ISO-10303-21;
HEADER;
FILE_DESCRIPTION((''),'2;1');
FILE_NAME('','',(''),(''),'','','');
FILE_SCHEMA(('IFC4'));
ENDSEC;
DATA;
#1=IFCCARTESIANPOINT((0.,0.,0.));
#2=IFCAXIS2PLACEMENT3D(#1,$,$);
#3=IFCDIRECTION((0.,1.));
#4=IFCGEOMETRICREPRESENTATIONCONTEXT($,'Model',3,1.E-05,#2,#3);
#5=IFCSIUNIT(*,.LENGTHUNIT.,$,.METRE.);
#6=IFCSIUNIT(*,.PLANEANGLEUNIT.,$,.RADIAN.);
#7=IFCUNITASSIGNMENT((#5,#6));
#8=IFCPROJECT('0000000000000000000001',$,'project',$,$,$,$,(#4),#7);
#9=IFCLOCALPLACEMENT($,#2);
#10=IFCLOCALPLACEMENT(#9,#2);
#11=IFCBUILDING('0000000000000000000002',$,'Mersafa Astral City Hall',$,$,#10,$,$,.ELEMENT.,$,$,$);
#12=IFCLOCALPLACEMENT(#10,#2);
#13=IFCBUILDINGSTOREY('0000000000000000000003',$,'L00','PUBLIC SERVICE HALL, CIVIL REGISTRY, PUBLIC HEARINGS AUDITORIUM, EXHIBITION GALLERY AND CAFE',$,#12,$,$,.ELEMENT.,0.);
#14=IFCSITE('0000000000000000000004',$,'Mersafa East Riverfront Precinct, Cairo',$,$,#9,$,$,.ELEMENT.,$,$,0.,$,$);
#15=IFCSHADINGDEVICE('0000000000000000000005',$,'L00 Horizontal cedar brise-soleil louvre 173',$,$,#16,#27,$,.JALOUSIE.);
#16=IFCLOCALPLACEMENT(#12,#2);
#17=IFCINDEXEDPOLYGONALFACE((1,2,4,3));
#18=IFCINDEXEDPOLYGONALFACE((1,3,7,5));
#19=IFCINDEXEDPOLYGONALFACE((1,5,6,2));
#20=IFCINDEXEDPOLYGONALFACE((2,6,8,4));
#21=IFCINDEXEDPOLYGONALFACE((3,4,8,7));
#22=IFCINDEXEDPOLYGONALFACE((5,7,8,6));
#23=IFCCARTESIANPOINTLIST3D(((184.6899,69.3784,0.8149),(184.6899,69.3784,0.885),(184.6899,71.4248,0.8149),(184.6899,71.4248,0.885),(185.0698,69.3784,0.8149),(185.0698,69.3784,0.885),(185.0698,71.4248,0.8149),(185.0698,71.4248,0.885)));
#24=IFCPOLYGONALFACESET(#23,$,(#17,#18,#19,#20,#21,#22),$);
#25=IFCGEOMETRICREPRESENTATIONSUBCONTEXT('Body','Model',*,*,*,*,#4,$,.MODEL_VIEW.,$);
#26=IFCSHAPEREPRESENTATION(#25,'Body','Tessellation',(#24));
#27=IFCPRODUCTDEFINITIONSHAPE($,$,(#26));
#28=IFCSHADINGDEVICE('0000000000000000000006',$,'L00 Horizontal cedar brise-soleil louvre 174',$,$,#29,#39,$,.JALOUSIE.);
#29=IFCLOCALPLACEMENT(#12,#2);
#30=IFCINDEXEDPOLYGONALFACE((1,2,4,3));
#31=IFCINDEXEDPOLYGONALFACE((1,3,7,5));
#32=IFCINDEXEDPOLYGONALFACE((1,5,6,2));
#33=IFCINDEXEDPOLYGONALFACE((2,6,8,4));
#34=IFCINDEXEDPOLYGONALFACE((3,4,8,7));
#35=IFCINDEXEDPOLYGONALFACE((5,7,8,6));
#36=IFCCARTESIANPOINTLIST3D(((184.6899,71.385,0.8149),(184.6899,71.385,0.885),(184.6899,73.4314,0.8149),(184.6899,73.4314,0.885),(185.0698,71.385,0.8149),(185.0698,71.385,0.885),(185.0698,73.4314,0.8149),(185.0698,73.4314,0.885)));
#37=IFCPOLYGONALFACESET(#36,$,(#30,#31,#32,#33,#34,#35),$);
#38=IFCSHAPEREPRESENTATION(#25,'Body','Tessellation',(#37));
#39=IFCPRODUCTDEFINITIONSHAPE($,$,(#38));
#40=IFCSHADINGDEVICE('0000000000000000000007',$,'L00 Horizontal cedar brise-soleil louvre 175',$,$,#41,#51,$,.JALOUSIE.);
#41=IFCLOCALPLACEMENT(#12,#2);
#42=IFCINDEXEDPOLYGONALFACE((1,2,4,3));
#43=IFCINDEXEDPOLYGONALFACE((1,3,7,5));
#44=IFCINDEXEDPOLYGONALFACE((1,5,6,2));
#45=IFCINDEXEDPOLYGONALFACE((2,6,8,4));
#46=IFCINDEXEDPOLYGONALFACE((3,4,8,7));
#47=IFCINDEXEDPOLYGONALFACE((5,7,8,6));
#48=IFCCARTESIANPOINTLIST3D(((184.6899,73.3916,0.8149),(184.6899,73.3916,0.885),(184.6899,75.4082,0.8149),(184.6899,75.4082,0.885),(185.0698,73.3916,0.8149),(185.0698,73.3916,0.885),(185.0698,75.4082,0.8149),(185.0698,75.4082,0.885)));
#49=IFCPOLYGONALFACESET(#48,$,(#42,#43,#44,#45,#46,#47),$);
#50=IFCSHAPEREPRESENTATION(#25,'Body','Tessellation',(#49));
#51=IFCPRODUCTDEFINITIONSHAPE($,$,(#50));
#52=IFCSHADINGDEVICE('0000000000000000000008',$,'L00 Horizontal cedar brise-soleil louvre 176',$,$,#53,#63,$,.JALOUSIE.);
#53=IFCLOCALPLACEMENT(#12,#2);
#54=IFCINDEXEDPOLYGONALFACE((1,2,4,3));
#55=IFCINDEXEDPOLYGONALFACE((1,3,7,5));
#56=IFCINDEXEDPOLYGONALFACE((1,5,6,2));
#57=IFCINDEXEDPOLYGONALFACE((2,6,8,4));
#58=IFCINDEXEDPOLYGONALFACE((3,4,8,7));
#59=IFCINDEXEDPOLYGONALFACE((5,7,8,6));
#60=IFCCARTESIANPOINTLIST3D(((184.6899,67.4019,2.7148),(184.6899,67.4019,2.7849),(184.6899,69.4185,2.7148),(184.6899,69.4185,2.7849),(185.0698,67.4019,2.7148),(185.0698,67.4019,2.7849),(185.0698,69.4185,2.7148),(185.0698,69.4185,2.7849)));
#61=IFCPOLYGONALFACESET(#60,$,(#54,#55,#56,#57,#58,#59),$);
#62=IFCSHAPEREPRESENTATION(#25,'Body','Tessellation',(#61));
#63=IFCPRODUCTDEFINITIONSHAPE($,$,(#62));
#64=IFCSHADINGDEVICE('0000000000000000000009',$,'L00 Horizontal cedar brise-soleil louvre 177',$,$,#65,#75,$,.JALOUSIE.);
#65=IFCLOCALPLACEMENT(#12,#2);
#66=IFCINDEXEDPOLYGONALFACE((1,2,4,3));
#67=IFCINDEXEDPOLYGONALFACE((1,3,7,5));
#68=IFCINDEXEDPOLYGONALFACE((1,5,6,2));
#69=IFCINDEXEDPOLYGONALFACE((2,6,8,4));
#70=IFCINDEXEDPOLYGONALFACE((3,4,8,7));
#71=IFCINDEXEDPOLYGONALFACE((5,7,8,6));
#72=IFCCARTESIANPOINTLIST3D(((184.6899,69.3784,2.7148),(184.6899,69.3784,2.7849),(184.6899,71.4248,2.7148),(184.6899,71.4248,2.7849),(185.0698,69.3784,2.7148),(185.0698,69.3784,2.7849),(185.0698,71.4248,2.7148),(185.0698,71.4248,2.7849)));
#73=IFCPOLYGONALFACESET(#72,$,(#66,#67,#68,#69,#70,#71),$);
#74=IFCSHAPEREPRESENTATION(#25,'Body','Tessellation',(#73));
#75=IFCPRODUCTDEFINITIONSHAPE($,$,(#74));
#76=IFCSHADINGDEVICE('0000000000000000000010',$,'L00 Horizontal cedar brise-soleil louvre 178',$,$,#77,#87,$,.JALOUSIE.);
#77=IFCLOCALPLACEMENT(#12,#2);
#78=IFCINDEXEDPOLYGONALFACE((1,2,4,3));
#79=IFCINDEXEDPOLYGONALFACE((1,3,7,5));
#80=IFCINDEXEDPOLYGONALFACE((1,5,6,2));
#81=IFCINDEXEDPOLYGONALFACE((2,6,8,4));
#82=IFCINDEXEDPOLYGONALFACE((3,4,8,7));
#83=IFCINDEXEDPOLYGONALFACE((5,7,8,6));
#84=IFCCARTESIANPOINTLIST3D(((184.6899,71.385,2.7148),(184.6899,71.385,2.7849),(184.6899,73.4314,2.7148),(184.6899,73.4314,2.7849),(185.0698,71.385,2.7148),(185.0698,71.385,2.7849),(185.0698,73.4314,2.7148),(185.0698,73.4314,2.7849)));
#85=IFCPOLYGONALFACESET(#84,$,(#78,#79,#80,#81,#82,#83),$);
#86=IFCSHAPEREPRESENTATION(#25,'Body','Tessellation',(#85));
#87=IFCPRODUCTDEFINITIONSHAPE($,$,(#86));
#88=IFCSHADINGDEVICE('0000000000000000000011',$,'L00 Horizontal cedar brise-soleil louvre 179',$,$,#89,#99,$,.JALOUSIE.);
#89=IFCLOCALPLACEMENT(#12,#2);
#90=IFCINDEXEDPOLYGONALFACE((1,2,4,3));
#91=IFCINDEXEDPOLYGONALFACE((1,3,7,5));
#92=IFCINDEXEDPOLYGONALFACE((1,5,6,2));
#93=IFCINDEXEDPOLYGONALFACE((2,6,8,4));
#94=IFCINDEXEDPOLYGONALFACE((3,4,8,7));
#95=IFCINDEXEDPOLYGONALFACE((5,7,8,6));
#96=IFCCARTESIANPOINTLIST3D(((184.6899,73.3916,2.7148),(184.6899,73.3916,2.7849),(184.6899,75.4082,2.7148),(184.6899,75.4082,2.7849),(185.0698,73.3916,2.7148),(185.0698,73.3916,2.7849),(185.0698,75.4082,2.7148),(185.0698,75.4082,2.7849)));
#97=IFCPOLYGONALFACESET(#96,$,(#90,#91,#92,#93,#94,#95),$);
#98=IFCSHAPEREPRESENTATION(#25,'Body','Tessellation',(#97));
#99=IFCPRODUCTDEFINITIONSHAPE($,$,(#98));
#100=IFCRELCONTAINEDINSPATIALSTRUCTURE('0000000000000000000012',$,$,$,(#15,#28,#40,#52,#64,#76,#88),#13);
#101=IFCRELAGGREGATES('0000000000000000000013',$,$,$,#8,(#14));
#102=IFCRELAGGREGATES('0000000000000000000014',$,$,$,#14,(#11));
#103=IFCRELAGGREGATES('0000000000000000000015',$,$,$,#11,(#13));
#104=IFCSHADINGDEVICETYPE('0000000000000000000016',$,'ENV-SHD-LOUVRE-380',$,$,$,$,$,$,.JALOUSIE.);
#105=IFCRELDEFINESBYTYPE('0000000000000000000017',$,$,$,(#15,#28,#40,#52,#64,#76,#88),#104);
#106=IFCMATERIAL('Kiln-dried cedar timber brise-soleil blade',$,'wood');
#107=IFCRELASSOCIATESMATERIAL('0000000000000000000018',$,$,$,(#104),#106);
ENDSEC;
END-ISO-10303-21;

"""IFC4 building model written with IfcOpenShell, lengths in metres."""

from ifc_helpers import new_model, si_unit, direction, frame, origin, origin_2d, place, context, subcontext, project, spatial, rectangle, extrude, material, type_object, element, save


model = new_model("IFC4")

# Units and contexts
model_context = context("Model", 3, precision=1e-05, world=origin(), true_north=direction((0.0, 1.0)))
body_context = subcontext(model_context, "Body", "Model", "MODEL_VIEW")
ifc_project = project(units=[si_unit("LENGTHUNIT", "METRE"), si_unit("PLANEANGLEUNIT", "RADIAN")], contexts=[model_context])

# Site, building, storey
site_placement = place(None, origin())
site = spatial("IfcSite", under=ifc_project, at=site_placement, Name="Mersafa East Riverfront Precinct, Cairo", CompositionType="ELEMENT", RefElevation=0.0)
building_placement = place(site_placement, origin())
building = spatial("IfcBuilding", under=site, at=building_placement, Name="Mersafa Astral City Hall", CompositionType="ELEMENT")
storey_placement = place(building_placement, origin())
storey = spatial("IfcBuildingStorey", under=building, at=storey_placement, Name="L00", Description="PUBLIC SERVICE HALL, CIVIL REGISTRY, PUBLIC HEARINGS AUDITORIUM, EXHIBITION GALLERY AND CAFE", CompositionType="ELEMENT", Elevation=0.0)

# Shading devices
ifc_material_1 = material(Name="Kiln-dried cedar timber brise-soleil blade", Category="wood")
shading_device_type = type_object("IfcShadingDeviceType", Name="ENV-SHD-LOUVRE-380", PredefinedType="JALOUSIE", material=ifc_material_1)
for number, where, z_axis, x_axis, name in (
    (1, (184.8799, 70.4016, 0.8149), (0.0, 0.0, 1.0), (0.0, 1.0, 0.0), "L00 Horizontal cedar brise-soleil louvre 173"),
    (2, (184.8799, 72.4082, 0.8149), (0.0, 0.0, 1.0), (0.0, 1.0, 0.0), "L00 Horizontal cedar brise-soleil louvre 174"),
):
    element("IfcShadingDevice", number, at=place(storey_placement, frame(where, z_axis=z_axis, x_axis=x_axis)), inside=storey, type_object=shading_device_type, Name=name, PredefinedType="JALOUSIE", context=body_context, shape_type="SweptSolid", body=[
        extrude(rectangle(XDim=2.0464, YDim=0.3799, at=origin_2d()), origin(), (0.0, 0.0, 1.0), 0.0701),
    ])
for number, where, z_axis, x_axis, name in (
    (3, (184.8799, 74.3999, 0.8149), (0.0, 0.0, 1.0), (0.0, 1.0, 0.0), "L00 Horizontal cedar brise-soleil louvre 175"),
    (4, (184.8799, 68.4102, 2.7148), (0.0, 0.0, 1.0), (0.0, 1.0, 0.0), "L00 Horizontal cedar brise-soleil louvre 176"),
):
    element("IfcShadingDevice", number, at=place(storey_placement, frame(where, z_axis=z_axis, x_axis=x_axis)), inside=storey, type_object=shading_device_type, Name=name, PredefinedType="JALOUSIE", context=body_context, shape_type="SweptSolid", body=[
        extrude(rectangle(XDim=2.0166, YDim=0.3799, at=origin_2d()), origin(), (0.0, 0.0, 1.0), 0.0701),
    ])
for number, where, z_axis, x_axis, name in (
    (5, (184.8799, 70.4016, 2.7148), (0.0, 0.0, 1.0), (0.0, 1.0, 0.0), "L00 Horizontal cedar brise-soleil louvre 177"),
    (6, (184.8799, 72.4082, 2.7148), (0.0, 0.0, 1.0), (0.0, 1.0, 0.0), "L00 Horizontal cedar brise-soleil louvre 178"),
):
    element("IfcShadingDevice", number, at=place(storey_placement, frame(where, z_axis=z_axis, x_axis=x_axis)), inside=storey, type_object=shading_device_type, Name=name, PredefinedType="JALOUSIE", context=body_context, shape_type="SweptSolid", body=[
        extrude(rectangle(XDim=2.0464, YDim=0.3799, at=origin_2d()), origin(), (0.0, 0.0, 1.0), 0.0701),
    ])
shading_device_1_placement = place(storey_placement, frame((184.8799, 74.3999, 2.7148), z_axis=(0.0, 0.0, 1.0), x_axis=(0.0, 1.0, 0.0)))
element("IfcShadingDevice", 7, at=shading_device_1_placement, inside=storey, type_object=shading_device_type, Name="L00 Horizontal cedar brise-soleil louvre 179", PredefinedType="JALOUSIE", context=body_context, shape_type="SweptSolid", body=[
    extrude(rectangle(XDim=2.0166, YDim=0.3799, at=origin_2d()), origin(), (0.0, 0.0, 1.0), 0.0701),
])

save(model, "model.ifc")
